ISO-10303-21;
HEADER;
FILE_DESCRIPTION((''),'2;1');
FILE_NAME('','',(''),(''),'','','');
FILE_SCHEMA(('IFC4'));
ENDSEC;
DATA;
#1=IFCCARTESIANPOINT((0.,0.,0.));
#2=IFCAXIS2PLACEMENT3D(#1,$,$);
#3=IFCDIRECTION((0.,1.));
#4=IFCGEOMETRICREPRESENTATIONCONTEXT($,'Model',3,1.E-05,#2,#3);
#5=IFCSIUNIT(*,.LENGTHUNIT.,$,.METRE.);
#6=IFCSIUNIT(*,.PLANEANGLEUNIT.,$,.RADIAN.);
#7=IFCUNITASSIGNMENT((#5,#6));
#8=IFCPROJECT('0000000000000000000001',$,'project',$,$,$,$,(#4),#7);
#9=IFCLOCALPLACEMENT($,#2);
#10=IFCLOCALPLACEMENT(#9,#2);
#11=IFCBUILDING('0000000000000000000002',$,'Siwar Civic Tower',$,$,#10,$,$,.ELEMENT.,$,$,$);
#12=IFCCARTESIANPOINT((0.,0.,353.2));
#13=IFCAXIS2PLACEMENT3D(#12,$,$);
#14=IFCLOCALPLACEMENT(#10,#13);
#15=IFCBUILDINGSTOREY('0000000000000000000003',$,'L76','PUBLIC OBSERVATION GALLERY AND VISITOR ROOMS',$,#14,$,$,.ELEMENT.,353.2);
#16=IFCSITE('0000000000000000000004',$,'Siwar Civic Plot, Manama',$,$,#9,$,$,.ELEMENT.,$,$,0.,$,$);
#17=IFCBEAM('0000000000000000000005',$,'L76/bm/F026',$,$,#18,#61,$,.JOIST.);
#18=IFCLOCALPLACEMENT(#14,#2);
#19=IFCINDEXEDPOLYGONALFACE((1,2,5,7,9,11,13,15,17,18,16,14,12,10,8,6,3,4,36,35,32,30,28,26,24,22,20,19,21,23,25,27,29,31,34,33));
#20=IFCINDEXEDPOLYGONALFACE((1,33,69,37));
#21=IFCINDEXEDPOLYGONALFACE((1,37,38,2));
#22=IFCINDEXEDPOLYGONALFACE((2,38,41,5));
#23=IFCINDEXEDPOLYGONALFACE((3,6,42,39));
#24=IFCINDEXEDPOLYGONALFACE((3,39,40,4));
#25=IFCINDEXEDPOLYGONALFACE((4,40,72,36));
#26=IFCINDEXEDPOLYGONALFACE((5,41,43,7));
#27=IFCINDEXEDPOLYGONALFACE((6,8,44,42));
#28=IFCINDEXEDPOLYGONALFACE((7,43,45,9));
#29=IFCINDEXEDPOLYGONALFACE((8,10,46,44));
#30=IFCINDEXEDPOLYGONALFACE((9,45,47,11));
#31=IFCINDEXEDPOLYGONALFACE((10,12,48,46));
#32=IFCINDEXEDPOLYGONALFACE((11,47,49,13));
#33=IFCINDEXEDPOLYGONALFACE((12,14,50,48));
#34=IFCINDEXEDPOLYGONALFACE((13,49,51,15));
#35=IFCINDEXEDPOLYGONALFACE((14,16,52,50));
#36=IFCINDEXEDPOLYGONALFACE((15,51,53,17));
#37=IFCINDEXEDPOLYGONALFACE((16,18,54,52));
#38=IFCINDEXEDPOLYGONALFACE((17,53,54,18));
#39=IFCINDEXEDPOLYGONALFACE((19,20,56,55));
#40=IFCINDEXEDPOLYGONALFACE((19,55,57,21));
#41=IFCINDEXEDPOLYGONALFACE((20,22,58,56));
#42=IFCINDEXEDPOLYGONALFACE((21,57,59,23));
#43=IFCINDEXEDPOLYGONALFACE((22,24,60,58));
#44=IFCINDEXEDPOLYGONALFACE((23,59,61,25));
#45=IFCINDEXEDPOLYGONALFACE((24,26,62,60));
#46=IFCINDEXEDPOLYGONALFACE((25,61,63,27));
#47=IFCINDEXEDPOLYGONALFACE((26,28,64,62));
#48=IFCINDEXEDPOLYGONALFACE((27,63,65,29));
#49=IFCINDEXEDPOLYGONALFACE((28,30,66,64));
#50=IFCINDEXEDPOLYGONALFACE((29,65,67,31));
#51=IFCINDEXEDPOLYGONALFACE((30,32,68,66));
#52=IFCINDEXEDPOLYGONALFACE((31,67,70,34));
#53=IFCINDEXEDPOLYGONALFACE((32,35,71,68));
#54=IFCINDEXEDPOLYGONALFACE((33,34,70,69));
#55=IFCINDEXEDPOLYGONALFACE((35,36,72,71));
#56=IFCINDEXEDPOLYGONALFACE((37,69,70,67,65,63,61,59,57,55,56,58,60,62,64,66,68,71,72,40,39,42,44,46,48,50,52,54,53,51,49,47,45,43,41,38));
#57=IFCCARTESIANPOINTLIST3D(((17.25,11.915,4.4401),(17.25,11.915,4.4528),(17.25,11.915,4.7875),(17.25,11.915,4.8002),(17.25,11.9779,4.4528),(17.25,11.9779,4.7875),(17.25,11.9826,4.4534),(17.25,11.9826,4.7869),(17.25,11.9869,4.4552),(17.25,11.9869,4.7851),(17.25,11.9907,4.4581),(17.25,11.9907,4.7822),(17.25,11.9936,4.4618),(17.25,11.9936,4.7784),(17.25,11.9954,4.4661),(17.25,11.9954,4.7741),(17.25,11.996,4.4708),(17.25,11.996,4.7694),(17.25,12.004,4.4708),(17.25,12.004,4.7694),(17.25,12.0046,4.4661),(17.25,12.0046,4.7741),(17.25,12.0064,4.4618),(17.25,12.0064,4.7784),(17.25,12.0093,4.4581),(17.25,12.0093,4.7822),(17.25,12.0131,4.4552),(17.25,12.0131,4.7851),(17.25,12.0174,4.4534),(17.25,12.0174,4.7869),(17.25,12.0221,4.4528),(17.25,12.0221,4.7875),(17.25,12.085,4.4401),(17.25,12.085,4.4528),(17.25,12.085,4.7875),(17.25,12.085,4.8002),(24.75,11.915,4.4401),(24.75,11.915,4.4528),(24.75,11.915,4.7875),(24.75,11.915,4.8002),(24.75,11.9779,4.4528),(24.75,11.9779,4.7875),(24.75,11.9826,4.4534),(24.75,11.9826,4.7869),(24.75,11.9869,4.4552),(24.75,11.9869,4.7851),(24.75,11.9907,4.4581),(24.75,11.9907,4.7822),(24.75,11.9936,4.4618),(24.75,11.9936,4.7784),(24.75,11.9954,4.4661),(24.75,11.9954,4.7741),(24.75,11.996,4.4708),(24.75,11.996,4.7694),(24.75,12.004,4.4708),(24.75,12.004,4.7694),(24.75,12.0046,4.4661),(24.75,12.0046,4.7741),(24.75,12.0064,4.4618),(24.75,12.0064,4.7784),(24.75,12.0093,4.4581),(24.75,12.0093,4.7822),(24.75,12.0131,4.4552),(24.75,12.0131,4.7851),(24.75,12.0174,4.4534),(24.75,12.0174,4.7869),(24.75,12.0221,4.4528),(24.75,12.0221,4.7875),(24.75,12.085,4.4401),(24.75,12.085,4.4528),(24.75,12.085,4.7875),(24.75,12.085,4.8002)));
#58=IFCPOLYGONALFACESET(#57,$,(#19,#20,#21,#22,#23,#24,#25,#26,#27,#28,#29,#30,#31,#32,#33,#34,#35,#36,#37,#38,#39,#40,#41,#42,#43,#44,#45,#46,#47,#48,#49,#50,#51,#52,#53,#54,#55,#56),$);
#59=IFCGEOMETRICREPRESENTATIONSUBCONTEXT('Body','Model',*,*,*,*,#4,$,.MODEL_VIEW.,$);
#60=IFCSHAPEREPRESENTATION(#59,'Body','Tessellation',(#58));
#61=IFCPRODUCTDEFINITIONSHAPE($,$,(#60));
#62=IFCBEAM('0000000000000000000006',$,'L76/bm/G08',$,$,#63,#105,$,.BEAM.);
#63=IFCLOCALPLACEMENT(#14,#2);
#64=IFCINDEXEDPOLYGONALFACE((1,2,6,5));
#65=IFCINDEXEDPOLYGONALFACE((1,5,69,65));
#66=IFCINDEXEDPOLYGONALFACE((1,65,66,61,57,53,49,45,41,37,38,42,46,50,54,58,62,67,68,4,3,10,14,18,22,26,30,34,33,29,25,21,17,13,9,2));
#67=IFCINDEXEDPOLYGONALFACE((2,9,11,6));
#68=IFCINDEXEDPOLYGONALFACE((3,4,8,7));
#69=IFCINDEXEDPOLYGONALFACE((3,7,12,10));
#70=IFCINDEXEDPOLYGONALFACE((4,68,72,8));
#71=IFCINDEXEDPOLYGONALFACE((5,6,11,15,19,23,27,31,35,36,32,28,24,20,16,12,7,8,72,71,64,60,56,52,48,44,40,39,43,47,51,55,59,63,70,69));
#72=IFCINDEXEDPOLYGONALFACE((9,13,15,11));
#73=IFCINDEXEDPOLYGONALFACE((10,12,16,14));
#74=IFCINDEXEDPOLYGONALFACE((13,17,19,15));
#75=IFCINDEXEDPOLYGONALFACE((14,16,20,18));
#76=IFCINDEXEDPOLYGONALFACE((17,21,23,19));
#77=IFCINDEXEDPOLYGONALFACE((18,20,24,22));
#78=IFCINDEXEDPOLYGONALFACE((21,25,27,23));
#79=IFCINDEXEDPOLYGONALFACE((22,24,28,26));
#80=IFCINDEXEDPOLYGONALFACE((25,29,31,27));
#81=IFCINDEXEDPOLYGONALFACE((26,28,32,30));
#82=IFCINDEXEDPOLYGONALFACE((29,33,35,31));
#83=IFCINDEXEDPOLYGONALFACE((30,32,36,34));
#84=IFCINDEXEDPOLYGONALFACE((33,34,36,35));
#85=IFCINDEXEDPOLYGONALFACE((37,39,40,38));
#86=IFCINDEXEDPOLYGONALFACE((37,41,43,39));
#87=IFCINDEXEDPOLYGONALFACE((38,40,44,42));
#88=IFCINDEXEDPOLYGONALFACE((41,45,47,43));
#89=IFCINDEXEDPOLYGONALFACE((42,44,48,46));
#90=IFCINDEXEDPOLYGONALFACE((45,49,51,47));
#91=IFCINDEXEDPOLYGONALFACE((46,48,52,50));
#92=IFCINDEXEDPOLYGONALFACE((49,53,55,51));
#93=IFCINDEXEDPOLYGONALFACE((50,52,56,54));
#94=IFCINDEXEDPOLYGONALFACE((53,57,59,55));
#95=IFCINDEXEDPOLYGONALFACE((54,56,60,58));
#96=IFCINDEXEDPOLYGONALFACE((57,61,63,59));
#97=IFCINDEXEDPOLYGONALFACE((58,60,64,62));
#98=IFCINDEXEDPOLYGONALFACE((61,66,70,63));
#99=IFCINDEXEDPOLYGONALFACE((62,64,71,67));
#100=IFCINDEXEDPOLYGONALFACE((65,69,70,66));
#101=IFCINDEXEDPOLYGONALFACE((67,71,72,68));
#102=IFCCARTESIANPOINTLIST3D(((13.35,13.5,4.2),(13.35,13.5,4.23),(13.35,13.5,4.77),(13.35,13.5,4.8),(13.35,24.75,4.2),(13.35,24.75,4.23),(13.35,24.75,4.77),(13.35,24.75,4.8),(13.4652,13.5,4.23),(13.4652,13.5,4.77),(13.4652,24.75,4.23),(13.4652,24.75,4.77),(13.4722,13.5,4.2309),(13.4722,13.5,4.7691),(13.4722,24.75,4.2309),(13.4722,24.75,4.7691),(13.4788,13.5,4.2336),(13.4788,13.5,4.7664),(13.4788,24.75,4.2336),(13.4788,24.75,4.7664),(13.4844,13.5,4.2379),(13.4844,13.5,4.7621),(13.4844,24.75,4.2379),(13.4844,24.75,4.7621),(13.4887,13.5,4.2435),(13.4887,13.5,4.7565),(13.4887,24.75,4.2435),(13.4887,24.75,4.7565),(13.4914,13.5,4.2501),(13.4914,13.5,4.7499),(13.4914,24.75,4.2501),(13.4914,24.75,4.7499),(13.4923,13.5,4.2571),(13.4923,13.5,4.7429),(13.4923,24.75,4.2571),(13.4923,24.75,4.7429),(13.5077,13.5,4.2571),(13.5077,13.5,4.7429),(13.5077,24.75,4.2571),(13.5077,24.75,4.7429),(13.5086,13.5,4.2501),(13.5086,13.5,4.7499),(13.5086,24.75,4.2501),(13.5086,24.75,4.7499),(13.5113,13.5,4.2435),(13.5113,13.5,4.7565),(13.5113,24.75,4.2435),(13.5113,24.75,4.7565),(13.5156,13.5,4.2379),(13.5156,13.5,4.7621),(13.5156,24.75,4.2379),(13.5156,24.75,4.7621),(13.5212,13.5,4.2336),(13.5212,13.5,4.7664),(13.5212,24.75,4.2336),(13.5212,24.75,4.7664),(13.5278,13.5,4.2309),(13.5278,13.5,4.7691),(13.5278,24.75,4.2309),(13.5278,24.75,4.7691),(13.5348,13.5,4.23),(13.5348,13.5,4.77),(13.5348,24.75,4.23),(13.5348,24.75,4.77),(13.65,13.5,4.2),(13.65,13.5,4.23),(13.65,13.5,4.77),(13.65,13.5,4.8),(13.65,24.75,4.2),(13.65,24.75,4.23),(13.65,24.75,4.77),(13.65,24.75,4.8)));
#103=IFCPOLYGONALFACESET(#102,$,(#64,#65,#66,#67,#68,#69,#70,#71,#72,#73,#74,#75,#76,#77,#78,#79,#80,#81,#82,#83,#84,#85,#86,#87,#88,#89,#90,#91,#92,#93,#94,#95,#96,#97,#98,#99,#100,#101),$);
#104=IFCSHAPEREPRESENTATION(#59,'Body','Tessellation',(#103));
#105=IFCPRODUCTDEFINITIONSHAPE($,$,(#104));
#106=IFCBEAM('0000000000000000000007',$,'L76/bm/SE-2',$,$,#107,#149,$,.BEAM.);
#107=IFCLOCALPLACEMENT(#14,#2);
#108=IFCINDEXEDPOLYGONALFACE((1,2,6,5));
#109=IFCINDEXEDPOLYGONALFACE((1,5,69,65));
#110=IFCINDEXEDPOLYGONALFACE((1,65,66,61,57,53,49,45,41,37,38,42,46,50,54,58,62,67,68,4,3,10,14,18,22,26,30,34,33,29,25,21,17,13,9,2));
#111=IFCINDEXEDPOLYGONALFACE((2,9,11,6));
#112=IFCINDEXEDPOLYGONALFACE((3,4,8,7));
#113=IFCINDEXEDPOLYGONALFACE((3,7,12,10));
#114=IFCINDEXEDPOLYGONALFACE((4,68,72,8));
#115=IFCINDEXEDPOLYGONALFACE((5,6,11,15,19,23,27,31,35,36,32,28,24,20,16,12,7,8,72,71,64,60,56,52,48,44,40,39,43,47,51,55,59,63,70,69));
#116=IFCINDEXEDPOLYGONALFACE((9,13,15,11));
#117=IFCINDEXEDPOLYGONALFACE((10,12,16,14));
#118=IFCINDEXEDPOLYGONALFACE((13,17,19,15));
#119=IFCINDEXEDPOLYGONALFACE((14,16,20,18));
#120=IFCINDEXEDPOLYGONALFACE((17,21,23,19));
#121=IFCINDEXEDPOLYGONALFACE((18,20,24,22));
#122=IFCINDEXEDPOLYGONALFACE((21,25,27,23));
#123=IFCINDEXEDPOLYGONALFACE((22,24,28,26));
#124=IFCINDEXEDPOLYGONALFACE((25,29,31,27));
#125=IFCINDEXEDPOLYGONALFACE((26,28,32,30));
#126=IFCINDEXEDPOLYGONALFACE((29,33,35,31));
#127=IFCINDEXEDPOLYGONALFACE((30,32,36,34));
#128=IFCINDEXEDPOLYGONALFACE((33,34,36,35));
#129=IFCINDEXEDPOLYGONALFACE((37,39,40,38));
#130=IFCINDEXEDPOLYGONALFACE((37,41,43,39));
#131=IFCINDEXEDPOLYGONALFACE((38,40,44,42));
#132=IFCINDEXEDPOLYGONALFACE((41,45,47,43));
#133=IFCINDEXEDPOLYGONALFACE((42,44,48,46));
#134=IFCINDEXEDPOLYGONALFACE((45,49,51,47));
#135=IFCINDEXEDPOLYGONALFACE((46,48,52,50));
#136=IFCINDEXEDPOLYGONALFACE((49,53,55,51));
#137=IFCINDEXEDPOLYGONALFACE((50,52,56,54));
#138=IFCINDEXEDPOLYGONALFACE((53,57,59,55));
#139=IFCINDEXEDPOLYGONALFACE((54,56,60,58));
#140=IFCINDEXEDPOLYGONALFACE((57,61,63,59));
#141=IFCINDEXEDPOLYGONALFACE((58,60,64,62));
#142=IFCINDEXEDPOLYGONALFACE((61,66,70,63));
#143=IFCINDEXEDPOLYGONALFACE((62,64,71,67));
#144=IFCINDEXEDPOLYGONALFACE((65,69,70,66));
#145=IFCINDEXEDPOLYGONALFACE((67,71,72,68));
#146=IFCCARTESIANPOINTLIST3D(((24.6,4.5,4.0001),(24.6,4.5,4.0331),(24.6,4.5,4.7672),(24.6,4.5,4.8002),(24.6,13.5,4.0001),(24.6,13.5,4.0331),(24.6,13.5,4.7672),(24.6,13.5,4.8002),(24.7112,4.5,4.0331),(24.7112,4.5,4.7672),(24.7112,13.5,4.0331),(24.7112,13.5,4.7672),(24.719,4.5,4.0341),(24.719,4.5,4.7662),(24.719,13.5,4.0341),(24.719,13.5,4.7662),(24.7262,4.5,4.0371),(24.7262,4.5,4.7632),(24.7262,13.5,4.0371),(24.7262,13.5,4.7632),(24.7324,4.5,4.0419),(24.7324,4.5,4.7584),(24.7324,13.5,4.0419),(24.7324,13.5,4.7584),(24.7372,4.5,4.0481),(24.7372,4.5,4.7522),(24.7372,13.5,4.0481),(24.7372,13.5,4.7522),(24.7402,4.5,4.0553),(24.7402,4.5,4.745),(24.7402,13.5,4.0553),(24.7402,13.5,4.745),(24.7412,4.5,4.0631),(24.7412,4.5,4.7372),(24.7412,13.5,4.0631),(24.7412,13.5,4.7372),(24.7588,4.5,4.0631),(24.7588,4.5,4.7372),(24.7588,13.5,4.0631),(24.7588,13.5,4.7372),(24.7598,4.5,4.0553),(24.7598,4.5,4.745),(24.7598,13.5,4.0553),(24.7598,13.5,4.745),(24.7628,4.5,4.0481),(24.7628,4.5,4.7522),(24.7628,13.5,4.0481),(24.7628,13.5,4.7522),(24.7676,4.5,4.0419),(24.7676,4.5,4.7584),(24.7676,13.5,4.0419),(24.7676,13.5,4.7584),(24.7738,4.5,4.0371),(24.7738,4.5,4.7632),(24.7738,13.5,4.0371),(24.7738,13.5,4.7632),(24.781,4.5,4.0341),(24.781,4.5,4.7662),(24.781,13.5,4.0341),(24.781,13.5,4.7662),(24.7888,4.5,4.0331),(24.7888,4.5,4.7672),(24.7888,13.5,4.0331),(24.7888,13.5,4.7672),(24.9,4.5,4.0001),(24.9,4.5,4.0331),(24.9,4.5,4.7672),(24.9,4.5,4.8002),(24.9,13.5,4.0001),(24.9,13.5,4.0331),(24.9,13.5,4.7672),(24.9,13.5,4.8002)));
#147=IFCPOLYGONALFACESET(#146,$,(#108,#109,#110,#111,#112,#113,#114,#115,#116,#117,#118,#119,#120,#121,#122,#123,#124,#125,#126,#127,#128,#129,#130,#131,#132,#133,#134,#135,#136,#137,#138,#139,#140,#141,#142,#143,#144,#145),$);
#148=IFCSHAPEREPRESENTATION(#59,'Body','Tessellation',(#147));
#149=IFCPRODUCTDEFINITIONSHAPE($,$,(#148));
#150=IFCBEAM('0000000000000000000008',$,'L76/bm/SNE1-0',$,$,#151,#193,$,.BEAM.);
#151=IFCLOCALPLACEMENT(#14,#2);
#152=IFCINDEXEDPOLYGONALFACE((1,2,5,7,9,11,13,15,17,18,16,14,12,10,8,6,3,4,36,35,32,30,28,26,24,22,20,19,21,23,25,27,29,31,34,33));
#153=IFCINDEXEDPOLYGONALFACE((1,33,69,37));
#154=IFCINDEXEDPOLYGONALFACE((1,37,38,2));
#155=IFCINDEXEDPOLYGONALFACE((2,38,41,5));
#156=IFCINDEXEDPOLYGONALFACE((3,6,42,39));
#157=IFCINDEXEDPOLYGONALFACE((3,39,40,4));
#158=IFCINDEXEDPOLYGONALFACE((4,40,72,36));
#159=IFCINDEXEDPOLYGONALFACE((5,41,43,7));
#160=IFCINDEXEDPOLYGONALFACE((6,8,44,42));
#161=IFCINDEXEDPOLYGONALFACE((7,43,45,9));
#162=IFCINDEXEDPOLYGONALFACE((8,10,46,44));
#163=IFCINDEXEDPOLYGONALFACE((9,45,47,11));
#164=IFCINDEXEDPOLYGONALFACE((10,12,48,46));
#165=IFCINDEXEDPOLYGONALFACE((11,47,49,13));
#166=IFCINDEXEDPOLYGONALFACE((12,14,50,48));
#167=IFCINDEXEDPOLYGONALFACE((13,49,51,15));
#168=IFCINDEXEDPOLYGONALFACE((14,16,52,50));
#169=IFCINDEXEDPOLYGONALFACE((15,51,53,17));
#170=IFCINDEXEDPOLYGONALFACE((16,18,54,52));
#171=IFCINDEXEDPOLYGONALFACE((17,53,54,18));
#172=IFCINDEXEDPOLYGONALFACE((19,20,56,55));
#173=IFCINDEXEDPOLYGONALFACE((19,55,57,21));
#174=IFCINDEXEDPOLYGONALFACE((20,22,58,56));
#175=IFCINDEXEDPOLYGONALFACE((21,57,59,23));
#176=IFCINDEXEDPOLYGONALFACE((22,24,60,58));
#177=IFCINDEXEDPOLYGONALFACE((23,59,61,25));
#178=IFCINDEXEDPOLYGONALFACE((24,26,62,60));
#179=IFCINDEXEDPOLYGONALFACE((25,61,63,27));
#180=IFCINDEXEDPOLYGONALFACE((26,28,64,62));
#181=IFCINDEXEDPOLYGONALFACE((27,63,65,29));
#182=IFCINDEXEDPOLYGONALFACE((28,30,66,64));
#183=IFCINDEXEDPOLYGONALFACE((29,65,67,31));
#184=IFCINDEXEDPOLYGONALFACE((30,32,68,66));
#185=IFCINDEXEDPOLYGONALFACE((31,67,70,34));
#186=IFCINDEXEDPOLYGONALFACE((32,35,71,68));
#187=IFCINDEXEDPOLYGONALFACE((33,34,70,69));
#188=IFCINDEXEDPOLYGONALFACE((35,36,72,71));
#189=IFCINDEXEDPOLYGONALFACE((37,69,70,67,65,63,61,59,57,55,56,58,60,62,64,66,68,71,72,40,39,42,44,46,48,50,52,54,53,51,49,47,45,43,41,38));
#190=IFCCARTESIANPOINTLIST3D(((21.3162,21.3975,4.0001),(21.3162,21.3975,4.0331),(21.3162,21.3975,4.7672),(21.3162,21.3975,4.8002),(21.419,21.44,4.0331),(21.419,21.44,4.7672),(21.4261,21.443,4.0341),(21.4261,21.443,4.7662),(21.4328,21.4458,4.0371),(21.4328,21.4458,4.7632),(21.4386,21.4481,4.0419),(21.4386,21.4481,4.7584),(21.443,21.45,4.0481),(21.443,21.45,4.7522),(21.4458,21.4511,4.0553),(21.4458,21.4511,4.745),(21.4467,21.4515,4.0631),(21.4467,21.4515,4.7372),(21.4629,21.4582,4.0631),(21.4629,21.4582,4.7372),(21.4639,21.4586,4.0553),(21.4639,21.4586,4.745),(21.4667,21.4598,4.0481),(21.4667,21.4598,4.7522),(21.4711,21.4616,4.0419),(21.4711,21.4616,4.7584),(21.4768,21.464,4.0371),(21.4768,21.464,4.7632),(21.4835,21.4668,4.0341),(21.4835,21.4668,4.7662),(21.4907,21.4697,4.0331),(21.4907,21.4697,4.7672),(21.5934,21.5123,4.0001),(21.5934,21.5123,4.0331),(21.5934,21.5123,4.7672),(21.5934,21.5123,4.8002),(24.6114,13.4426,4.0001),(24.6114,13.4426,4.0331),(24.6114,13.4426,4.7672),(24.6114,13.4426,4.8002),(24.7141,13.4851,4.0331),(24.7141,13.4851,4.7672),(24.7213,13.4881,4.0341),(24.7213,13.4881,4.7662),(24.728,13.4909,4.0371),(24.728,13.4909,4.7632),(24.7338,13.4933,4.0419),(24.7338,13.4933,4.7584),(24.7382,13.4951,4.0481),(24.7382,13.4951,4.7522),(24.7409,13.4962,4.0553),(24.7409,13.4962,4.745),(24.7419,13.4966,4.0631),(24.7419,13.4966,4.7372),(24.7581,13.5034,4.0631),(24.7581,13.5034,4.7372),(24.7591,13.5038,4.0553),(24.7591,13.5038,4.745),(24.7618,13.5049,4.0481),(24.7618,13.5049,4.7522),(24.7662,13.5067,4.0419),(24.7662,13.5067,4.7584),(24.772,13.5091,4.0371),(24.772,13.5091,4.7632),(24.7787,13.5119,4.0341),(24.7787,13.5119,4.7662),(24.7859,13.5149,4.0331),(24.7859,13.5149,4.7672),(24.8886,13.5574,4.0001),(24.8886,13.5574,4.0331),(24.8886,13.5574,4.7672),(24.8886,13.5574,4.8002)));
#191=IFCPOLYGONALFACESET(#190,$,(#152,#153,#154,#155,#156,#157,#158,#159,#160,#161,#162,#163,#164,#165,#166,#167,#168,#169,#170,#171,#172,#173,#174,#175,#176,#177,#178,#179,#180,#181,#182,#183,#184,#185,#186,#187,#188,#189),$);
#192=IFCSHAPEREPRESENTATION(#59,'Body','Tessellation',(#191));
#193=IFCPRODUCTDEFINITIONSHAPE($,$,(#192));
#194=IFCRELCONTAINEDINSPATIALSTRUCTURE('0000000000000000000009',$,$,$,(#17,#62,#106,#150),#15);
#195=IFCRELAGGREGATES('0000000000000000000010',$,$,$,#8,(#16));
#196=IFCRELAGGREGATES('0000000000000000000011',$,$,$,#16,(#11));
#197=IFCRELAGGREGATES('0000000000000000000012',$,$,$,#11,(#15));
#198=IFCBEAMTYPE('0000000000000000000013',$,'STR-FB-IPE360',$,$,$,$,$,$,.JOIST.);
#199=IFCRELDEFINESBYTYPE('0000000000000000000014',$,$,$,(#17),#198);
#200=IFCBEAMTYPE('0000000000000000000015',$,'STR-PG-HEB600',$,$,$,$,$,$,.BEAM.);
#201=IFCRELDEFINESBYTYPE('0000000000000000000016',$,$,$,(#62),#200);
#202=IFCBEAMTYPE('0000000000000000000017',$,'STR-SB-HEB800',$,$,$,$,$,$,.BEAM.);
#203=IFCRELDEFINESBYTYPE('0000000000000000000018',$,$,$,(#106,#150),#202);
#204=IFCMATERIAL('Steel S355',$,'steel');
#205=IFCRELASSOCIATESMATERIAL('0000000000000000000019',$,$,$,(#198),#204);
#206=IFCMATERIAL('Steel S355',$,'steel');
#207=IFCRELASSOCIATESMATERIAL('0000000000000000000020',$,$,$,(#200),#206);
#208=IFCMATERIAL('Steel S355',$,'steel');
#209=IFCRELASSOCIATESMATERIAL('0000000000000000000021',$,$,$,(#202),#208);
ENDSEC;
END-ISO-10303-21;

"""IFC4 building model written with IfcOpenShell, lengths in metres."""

from ifc_helpers import new_model, si_unit, direction, frame, origin, origin_2d, place, context, subcontext, project, spatial, i_section, extrude, material, material_profile, profile_set, type_object, element, save


model = new_model("IFC4")

# Units and contexts
model_context = context("Model", 3, precision=1e-05, world=origin(), true_north=direction((0.0, 1.0)))
body_context = subcontext(model_context, "Body", "Model", "MODEL_VIEW")
ifc_project = project(units=[si_unit("LENGTHUNIT", "METRE"), si_unit("PLANEANGLEUNIT", "RADIAN")], contexts=[model_context])

# Site, building, storey
site_placement = place(None, origin())
site = spatial("IfcSite", under=ifc_project, at=site_placement, Name="Siwar Civic Plot, Manama", CompositionType="ELEMENT", RefElevation=0.0)
building_placement = place(site_placement, origin())
building = spatial("IfcBuilding", under=site, at=building_placement, Name="Siwar Civic Tower", CompositionType="ELEMENT")
storey_placement = place(building_placement, frame((0.0, 0.0, 353.2)))
storey = spatial("IfcBuildingStorey", under=building, at=storey_placement, Name="L76", Description="PUBLIC OBSERVATION GALLERY AND VISITOR ROOMS", CompositionType="ELEMENT", Elevation=353.2)

# Beams
ifc_material_1 = material(Name="Steel S355", Category="steel")
ifc_material_profile_1 = material_profile(ifc_material_1, i_section(OverallWidth=0.1699, OverallDepth=0.3601, WebThickness=0.0081, FlangeThickness=0.0127, FilletRadius=0.0181, at=origin_2d()), Name="IPE360")
ifc_profile_set_1 = profile_set([ifc_material_profile_1], Name="Steel S355")
beam_type_1 = type_object("IfcBeamType", Name="STR-FB-IPE360", PredefinedType="JOIST", material=ifc_profile_set_1)
for number, where, z_axis, x_axis, name in (
    (1, (17.25, 12.0, 4.6201), (1.0, 0.0, 0.0), (0.0, 1.0, 0.0), "L76/bm/F026"),
):
    element("IfcBeam", number, at=place(storey_placement, frame(where, z_axis=z_axis, x_axis=x_axis)), inside=storey, type_object=beam_type_1, Name=name, PredefinedType="JOIST", context=body_context, shape_type="SweptSolid", body=[
        extrude(i_section(OverallWidth=0.1699, OverallDepth=0.3601, WebThickness=0.0081, FlangeThickness=0.0127, FilletRadius=0.0181, at=origin_2d()), origin(), (0.0, 0.0, 1.0), 7.5),
    ])
ifc_material_2 = material(Name="Steel S355", Category="steel")
ifc_material_profile_2 = material_profile(ifc_material_2, i_section(OverallWidth=0.3, OverallDepth=0.6001, WebThickness=0.0154, FlangeThickness=0.03, FilletRadius=0.0271, at=origin_2d()), Name="HEB600")
ifc_profile_set_2 = profile_set([ifc_material_profile_2], Name="Steel S355")
beam_type_2 = type_object("IfcBeamType", Name="STR-PG-HEB600", PredefinedType="BEAM", material=ifc_profile_set_2)
beam_1_placement = place(storey_placement, frame((13.5, 13.5, 4.5), z_axis=(0.0, 1.0, 0.0), x_axis=(-1.0, 0.0, 0.0)))
element("IfcBeam", 2, at=beam_1_placement, inside=storey, type_object=beam_type_2, Name="L76/bm/G08", PredefinedType="BEAM", context=body_context, shape_type="SweptSolid", body=[
    extrude(i_section(OverallWidth=0.3, OverallDepth=0.6001, WebThickness=0.0154, FlangeThickness=0.03, FilletRadius=0.0271, at=origin_2d()), origin(), (0.0, 0.0, 1.0), 11.25),
])
ifc_material_3 = material(Name="Steel S355", Category="steel")
ifc_material_profile_3 = material_profile(ifc_material_3, i_section(OverallWidth=0.3, OverallDepth=0.8, WebThickness=0.0176, FlangeThickness=0.033, FilletRadius=0.03, at=origin_2d()), Name="HEB800")
ifc_profile_set_3 = profile_set([ifc_material_profile_3], Name="Steel S355")
beam_type_3 = type_object("IfcBeamType", Name="STR-SB-HEB800", PredefinedType="BEAM", material=ifc_profile_set_3)
beam_2_placement = place(storey_placement, frame((24.75, 4.5, 4.4001), z_axis=(0.0, 1.0, 0.0), x_axis=(-1.0, 0.0, 0.0)))
element("IfcBeam", 3, at=beam_2_placement, inside=storey, type_object=beam_type_3, Name="L76/bm/SE-2", PredefinedType="BEAM", context=body_context, shape_type="SweptSolid", body=[
    extrude(i_section(OverallWidth=0.3, OverallDepth=0.8, WebThickness=0.0176, FlangeThickness=0.033, FilletRadius=0.03, at=origin_2d()), origin(), (0.0, 0.0, 1.0), 9.0),
])
beam_3_placement = place(storey_placement, frame((24.75, 13.5, 4.4001), z_axis=(-0.3827, 0.923873, 0.0), x_axis=(-0.923873, -0.3827, 0.0)))
element("IfcBeam", 4, at=beam_3_placement, inside=storey, type_object=beam_type_3, Name="L76/bm/SNE1-0", PredefinedType="BEAM", context=body_context, shape_type="SweptSolid", body=[
    extrude(i_section(OverallWidth=0.3, OverallDepth=0.8, WebThickness=0.0176, FlangeThickness=0.033, FilletRadius=0.03, at=origin_2d()), origin(), (0.0, 0.0, 1.0), 8.6104),
])

save(model, "model.ifc")
